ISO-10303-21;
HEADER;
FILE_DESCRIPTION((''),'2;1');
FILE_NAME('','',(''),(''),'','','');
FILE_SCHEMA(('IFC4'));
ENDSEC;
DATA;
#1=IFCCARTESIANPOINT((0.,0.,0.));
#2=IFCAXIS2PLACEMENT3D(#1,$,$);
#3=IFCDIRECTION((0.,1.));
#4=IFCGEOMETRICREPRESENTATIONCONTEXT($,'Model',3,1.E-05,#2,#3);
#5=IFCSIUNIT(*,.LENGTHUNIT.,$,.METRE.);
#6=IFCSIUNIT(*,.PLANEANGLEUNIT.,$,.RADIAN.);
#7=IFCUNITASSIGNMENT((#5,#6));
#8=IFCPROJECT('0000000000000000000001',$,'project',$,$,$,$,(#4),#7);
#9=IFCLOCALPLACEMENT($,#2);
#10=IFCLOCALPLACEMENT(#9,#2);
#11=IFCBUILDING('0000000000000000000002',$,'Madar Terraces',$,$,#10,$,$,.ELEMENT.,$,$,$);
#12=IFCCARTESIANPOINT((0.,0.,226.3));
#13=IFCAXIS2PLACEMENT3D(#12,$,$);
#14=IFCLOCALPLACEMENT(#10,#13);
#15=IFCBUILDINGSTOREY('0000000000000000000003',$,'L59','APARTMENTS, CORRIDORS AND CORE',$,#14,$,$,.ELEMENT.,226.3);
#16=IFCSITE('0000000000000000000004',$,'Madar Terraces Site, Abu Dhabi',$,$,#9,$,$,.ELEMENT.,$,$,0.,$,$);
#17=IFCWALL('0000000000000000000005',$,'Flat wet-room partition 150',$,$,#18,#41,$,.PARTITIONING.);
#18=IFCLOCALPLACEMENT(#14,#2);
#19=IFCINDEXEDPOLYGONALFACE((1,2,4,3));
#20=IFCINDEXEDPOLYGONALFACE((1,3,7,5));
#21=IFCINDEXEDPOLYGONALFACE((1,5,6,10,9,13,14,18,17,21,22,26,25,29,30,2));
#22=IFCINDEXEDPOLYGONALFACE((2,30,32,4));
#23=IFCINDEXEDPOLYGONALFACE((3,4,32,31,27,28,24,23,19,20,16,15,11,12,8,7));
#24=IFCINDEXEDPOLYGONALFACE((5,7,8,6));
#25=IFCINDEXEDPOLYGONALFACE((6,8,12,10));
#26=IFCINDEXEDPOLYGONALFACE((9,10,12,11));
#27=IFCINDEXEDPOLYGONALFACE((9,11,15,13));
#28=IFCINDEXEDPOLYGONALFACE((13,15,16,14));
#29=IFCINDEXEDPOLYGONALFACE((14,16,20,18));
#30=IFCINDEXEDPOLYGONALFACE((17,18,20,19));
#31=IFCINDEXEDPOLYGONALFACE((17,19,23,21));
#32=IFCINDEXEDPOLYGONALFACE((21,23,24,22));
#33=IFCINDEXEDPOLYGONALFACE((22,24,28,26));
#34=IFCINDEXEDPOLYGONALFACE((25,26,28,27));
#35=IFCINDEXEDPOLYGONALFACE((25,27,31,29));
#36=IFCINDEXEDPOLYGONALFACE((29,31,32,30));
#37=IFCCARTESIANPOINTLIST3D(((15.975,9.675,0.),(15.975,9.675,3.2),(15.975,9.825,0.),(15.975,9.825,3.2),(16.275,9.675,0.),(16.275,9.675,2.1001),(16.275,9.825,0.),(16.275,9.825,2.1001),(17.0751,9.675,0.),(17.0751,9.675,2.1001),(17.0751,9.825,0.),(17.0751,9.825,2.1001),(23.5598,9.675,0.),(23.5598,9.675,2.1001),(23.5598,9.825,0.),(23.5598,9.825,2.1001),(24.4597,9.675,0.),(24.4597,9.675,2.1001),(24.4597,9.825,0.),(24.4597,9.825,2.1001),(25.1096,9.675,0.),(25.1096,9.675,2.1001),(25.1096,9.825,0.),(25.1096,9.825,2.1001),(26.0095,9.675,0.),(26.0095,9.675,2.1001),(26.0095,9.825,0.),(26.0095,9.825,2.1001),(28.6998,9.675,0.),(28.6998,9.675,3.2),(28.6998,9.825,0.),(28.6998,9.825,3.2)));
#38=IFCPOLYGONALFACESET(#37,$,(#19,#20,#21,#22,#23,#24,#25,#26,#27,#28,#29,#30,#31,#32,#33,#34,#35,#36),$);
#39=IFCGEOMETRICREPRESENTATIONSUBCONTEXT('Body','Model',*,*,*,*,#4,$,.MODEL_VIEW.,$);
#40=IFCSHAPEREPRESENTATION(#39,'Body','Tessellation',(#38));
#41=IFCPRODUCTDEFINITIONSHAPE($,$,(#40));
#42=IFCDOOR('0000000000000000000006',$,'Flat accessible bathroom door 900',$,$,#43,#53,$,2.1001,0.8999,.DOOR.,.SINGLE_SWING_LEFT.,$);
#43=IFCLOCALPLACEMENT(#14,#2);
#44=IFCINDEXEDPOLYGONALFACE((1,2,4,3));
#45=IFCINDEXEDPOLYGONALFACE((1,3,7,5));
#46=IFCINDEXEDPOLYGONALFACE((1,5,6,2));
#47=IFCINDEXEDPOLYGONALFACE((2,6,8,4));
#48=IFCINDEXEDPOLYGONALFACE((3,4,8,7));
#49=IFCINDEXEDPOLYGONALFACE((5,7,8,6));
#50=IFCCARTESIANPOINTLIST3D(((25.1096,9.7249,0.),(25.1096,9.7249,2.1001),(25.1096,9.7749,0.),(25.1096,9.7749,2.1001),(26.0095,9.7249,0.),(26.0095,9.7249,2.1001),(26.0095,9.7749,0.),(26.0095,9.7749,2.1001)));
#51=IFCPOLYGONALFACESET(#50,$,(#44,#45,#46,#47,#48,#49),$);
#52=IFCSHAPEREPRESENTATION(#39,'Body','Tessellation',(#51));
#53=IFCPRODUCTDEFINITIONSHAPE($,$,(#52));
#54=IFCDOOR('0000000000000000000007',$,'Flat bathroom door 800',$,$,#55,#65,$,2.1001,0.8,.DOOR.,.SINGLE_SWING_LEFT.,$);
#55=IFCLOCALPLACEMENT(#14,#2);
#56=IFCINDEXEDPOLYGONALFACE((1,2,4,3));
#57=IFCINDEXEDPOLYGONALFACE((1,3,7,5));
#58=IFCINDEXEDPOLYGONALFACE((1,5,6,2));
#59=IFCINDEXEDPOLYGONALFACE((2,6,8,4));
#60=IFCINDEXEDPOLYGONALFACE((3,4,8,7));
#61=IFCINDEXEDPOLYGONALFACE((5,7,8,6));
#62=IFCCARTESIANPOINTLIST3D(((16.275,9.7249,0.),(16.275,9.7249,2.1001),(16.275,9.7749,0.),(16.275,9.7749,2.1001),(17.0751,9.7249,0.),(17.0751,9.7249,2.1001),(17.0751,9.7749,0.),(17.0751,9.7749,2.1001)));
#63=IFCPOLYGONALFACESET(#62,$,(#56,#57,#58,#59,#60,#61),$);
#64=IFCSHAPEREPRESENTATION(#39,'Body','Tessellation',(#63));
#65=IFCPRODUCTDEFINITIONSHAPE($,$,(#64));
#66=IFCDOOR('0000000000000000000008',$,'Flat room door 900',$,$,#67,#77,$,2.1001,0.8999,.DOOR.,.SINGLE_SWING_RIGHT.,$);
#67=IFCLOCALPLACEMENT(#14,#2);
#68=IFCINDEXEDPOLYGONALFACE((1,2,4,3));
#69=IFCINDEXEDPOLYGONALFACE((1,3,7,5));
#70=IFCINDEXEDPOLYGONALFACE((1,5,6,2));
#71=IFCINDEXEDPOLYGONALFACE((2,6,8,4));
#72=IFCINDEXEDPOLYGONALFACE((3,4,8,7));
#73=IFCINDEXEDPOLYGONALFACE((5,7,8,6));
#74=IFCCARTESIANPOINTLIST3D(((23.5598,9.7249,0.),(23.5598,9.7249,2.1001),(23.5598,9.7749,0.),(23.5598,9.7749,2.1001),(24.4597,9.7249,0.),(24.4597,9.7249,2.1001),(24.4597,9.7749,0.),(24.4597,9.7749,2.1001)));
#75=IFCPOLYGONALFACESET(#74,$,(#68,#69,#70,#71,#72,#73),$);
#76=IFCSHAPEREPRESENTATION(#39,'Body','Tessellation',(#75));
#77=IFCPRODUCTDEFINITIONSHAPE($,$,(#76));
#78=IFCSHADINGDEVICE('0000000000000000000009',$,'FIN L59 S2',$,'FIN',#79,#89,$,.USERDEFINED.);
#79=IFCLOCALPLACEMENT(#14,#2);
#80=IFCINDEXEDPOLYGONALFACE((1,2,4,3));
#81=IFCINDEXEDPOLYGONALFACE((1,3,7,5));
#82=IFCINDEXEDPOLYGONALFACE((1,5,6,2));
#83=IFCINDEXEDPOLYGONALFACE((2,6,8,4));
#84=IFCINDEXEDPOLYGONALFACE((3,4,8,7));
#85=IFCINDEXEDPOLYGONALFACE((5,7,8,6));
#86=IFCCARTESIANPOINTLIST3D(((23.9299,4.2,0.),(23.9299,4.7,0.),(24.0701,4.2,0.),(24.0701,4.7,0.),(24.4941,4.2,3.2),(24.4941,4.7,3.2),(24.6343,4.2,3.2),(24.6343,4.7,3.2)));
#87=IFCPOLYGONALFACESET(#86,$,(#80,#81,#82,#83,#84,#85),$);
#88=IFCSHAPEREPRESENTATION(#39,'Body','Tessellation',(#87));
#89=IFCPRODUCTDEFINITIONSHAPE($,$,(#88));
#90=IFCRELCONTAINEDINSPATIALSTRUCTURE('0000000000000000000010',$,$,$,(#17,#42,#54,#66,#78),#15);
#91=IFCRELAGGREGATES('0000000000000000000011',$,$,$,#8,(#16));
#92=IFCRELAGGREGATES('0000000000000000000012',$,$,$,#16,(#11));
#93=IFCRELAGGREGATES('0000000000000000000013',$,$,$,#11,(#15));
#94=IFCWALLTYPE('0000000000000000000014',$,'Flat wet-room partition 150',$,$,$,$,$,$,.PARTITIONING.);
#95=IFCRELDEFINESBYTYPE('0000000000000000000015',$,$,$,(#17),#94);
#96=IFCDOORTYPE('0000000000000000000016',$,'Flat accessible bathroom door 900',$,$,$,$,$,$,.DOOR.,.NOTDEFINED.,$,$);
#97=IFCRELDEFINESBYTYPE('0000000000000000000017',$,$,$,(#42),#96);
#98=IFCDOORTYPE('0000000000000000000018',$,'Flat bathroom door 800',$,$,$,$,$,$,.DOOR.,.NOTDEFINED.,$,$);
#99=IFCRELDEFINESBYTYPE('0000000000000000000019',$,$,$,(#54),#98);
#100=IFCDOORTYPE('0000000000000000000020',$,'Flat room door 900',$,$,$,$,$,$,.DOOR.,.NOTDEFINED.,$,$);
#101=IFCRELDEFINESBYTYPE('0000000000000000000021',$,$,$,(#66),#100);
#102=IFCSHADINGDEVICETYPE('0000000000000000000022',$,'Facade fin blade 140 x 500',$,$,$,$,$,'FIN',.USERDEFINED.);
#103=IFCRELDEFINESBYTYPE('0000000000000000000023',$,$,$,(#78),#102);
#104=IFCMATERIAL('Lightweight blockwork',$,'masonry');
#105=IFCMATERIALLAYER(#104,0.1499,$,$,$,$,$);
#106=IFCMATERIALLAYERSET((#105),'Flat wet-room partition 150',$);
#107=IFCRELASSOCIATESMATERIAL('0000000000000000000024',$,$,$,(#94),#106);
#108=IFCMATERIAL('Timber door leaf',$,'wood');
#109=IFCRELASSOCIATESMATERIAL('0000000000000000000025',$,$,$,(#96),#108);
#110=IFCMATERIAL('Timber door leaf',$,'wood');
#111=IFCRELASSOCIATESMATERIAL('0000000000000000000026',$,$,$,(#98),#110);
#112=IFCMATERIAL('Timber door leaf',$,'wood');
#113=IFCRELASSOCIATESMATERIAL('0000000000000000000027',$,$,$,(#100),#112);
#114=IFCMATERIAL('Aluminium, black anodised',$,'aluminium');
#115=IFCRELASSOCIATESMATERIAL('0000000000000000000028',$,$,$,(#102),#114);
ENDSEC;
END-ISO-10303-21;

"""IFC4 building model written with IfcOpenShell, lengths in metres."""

from ifc_helpers import new_model, si_unit, direction, frame, frame_2d, origin, place, context, subcontext, project, spatial, polyline, rectangle, outline, extrude, material, layer, layer_set, type_object, element, fill, save


model = new_model("IFC4")

# Units and contexts
model_context = context("Model", 3, precision=1e-05, world=origin(), true_north=direction((0.0, 1.0)))
body_context = subcontext(model_context, "Body", "Model", "MODEL_VIEW")
ifc_project = project(units=[si_unit("LENGTHUNIT", "METRE"), si_unit("PLANEANGLEUNIT", "RADIAN")], contexts=[model_context])

# Site, building, storey
site_placement = place(None, origin())
site = spatial("IfcSite", under=ifc_project, at=site_placement, Name="Madar Terraces Site, Abu Dhabi", CompositionType="ELEMENT", RefElevation=0.0)
building_placement = place(site_placement, origin())
building = spatial("IfcBuilding", under=site, at=building_placement, Name="Madar Terraces", CompositionType="ELEMENT")
storey_placement = place(building_placement, frame((0.0, 0.0, 226.3)))
storey = spatial("IfcBuildingStorey", under=building, at=storey_placement, Name="L59", Description="APARTMENTS, CORRIDORS AND CORE", CompositionType="ELEMENT", Elevation=226.3)

# Shared definitions
ifc_material_1 = material(Name="Lightweight blockwork", Category="masonry")
ifc_layer_1 = layer(ifc_material_1, 0.1499)
ifc_layer_set_1 = layer_set([ifc_layer_1], Name="Flat wet-room partition 150")
wall_type_1 = type_object("IfcWallType", Name="Flat wet-room partition 150", PredefinedType="PARTITIONING", material=ifc_layer_set_1)

# Wall, openings, doors
wall_1_placement = place(storey_placement, frame((15.9751, 9.75, 0.0), z_axis=(0.0, 0.0, 1.0), x_axis=(1.0, 0.0, 0.0)))
wall_1 = element("IfcWall", 1, at=wall_1_placement, inside=storey, type_object=wall_type_1, Name="Flat wet-room partition 150", PredefinedType="PARTITIONING", context=body_context, shape_type="SweptSolid", body=[
    extrude(rectangle(XDim=12.7249, YDim=0.1499, at=frame_2d((6.3623, 0.0))), origin(), (0.0, 0.0, 1.0), 3.2),
])
opening_1_placement = place(wall_1_placement, frame((0.3, 0.0, 0.0)))
opening_1 = element("IfcOpeningElement", 2, at=opening_1_placement, cuts=wall_1, PredefinedType="OPENING", context=body_context, shape_type="SweptSolid", body=[
    extrude(rectangle(XDim=0.8, YDim=2.1001, at=frame_2d((0.3999, 1.05))), frame((0.0, 0.085, 0.0), z_axis=(0.0, -1.0, 0.0), x_axis=(1.0, 0.0, 0.0)), (0.0, 0.0, 1.0), 0.1699),
])
opening_2_placement = place(wall_1_placement, frame((7.5847, 0.0, 0.0)))
opening_2 = element("IfcOpeningElement", 3, at=opening_2_placement, cuts=wall_1, PredefinedType="OPENING", context=body_context, shape_type="SweptSolid", body=[
    extrude(rectangle(XDim=0.8999, YDim=2.1001, at=frame_2d((0.45, 1.05))), frame((0.0, 0.085, 0.0), z_axis=(0.0, -1.0, 0.0), x_axis=(1.0, 0.0, 0.0)), (0.0, 0.0, 1.0), 0.1699),
])
opening_3_placement = place(wall_1_placement, frame((9.1345, 0.0, 0.0)))
opening_3 = element("IfcOpeningElement", 4, at=opening_3_placement, cuts=wall_1, PredefinedType="OPENING", context=body_context, shape_type="SweptSolid", body=[
    extrude(rectangle(XDim=0.8999, YDim=2.1001, at=frame_2d((0.45, 1.05))), frame((0.0, 0.085, 0.0), z_axis=(0.0, -1.0, 0.0), x_axis=(1.0, 0.0, 0.0)), (0.0, 0.0, 1.0), 0.1699),
])
ifc_material_2 = material(Name="Timber door leaf", Category="wood")
door_type_1 = type_object("IfcDoorType", Name="Flat accessible bathroom door 900", OperationType="NOTDEFINED", PredefinedType="DOOR", material=ifc_material_2)
door_1_placement = place(opening_3_placement, origin())
door_1 = element("IfcDoor", 5, at=door_1_placement, inside=storey, type_object=door_type_1, Name="Flat accessible bathroom door 900", OperationType="SINGLE_SWING_LEFT", OverallHeight=2.1001, OverallWidth=0.8999, PredefinedType="DOOR", context=body_context, shape_type="SweptSolid", body=[
    extrude(rectangle(XDim=0.8999, YDim=2.1001, at=frame_2d((0.45, 1.05))), frame((0.0, 0.0249, 0.0), z_axis=(0.0, -1.0, 0.0), x_axis=(1.0, 0.0, 0.0)), (0.0, 0.0, 1.0), 0.05),
])
fill(opening_3, door_1)
ifc_material_3 = material(Name="Timber door leaf", Category="wood")
door_type_2 = type_object("IfcDoorType", Name="Flat bathroom door 800", OperationType="NOTDEFINED", PredefinedType="DOOR", material=ifc_material_3)
door_2_placement = place(opening_1_placement, origin())
door_2 = element("IfcDoor", 6, at=door_2_placement, inside=storey, type_object=door_type_2, Name="Flat bathroom door 800", OperationType="SINGLE_SWING_LEFT", OverallHeight=2.1001, OverallWidth=0.8, PredefinedType="DOOR", context=body_context, shape_type="SweptSolid", body=[
    extrude(rectangle(XDim=0.8, YDim=2.1001, at=frame_2d((0.3999, 1.05))), frame((0.0, 0.0249, 0.0), z_axis=(0.0, -1.0, 0.0), x_axis=(1.0, 0.0, 0.0)), (0.0, 0.0, 1.0), 0.05),
])
fill(opening_1, door_2)
ifc_material_4 = material(Name="Timber door leaf", Category="wood")
door_type_3 = type_object("IfcDoorType", Name="Flat room door 900", OperationType="NOTDEFINED", PredefinedType="DOOR", material=ifc_material_4)
door_3_placement = place(opening_2_placement, origin())
door_3 = element("IfcDoor", 7, at=door_3_placement, inside=storey, type_object=door_type_3, Name="Flat room door 900", OperationType="SINGLE_SWING_RIGHT", OverallHeight=2.1001, OverallWidth=0.8999, PredefinedType="DOOR", context=body_context, shape_type="SweptSolid", body=[
    extrude(rectangle(XDim=0.8999, YDim=2.1001, at=frame_2d((0.45, 1.05))), frame((0.0, 0.0249, 0.0), z_axis=(0.0, -1.0, 0.0), x_axis=(1.0, 0.0, 0.0)), (0.0, 0.0, 1.0), 0.05),
])
fill(opening_2, door_3)

# Shading device
ifc_material_5 = material(Name="Aluminium, black anodised", Category="aluminium")
shading_device_type = type_object("IfcShadingDeviceType", Name="Facade fin blade 140 x 500", ElementType="FIN", PredefinedType="USERDEFINED", material=ifc_material_5)
shading_device_placement = place(storey_placement, frame((23.9299, 4.45, 0.0), z_axis=(0.0, 0.0, 1.0), x_axis=(1.0, 0.0, 0.0)))
element("IfcShadingDevice", 8, at=shading_device_placement, inside=storey, type_object=shading_device_type, Name="FIN L59 S2", ObjectType="FIN", PredefinedType="USERDEFINED", context=body_context, shape_type="SweptSolid", body=[
    extrude(outline(polyline([(0.0, 0.0), (0.1401, 0.0), (0.7043, 3.2), (0.5642, 3.2), (0.0, 0.0)])), frame((0.0, 0.25, 0.0), z_axis=(0.0, -1.0, 0.0), x_axis=(1.0, 0.0, 0.0)), (0.0, 0.0, 1.0), 0.5),
])

save(model, "model.ifc")
